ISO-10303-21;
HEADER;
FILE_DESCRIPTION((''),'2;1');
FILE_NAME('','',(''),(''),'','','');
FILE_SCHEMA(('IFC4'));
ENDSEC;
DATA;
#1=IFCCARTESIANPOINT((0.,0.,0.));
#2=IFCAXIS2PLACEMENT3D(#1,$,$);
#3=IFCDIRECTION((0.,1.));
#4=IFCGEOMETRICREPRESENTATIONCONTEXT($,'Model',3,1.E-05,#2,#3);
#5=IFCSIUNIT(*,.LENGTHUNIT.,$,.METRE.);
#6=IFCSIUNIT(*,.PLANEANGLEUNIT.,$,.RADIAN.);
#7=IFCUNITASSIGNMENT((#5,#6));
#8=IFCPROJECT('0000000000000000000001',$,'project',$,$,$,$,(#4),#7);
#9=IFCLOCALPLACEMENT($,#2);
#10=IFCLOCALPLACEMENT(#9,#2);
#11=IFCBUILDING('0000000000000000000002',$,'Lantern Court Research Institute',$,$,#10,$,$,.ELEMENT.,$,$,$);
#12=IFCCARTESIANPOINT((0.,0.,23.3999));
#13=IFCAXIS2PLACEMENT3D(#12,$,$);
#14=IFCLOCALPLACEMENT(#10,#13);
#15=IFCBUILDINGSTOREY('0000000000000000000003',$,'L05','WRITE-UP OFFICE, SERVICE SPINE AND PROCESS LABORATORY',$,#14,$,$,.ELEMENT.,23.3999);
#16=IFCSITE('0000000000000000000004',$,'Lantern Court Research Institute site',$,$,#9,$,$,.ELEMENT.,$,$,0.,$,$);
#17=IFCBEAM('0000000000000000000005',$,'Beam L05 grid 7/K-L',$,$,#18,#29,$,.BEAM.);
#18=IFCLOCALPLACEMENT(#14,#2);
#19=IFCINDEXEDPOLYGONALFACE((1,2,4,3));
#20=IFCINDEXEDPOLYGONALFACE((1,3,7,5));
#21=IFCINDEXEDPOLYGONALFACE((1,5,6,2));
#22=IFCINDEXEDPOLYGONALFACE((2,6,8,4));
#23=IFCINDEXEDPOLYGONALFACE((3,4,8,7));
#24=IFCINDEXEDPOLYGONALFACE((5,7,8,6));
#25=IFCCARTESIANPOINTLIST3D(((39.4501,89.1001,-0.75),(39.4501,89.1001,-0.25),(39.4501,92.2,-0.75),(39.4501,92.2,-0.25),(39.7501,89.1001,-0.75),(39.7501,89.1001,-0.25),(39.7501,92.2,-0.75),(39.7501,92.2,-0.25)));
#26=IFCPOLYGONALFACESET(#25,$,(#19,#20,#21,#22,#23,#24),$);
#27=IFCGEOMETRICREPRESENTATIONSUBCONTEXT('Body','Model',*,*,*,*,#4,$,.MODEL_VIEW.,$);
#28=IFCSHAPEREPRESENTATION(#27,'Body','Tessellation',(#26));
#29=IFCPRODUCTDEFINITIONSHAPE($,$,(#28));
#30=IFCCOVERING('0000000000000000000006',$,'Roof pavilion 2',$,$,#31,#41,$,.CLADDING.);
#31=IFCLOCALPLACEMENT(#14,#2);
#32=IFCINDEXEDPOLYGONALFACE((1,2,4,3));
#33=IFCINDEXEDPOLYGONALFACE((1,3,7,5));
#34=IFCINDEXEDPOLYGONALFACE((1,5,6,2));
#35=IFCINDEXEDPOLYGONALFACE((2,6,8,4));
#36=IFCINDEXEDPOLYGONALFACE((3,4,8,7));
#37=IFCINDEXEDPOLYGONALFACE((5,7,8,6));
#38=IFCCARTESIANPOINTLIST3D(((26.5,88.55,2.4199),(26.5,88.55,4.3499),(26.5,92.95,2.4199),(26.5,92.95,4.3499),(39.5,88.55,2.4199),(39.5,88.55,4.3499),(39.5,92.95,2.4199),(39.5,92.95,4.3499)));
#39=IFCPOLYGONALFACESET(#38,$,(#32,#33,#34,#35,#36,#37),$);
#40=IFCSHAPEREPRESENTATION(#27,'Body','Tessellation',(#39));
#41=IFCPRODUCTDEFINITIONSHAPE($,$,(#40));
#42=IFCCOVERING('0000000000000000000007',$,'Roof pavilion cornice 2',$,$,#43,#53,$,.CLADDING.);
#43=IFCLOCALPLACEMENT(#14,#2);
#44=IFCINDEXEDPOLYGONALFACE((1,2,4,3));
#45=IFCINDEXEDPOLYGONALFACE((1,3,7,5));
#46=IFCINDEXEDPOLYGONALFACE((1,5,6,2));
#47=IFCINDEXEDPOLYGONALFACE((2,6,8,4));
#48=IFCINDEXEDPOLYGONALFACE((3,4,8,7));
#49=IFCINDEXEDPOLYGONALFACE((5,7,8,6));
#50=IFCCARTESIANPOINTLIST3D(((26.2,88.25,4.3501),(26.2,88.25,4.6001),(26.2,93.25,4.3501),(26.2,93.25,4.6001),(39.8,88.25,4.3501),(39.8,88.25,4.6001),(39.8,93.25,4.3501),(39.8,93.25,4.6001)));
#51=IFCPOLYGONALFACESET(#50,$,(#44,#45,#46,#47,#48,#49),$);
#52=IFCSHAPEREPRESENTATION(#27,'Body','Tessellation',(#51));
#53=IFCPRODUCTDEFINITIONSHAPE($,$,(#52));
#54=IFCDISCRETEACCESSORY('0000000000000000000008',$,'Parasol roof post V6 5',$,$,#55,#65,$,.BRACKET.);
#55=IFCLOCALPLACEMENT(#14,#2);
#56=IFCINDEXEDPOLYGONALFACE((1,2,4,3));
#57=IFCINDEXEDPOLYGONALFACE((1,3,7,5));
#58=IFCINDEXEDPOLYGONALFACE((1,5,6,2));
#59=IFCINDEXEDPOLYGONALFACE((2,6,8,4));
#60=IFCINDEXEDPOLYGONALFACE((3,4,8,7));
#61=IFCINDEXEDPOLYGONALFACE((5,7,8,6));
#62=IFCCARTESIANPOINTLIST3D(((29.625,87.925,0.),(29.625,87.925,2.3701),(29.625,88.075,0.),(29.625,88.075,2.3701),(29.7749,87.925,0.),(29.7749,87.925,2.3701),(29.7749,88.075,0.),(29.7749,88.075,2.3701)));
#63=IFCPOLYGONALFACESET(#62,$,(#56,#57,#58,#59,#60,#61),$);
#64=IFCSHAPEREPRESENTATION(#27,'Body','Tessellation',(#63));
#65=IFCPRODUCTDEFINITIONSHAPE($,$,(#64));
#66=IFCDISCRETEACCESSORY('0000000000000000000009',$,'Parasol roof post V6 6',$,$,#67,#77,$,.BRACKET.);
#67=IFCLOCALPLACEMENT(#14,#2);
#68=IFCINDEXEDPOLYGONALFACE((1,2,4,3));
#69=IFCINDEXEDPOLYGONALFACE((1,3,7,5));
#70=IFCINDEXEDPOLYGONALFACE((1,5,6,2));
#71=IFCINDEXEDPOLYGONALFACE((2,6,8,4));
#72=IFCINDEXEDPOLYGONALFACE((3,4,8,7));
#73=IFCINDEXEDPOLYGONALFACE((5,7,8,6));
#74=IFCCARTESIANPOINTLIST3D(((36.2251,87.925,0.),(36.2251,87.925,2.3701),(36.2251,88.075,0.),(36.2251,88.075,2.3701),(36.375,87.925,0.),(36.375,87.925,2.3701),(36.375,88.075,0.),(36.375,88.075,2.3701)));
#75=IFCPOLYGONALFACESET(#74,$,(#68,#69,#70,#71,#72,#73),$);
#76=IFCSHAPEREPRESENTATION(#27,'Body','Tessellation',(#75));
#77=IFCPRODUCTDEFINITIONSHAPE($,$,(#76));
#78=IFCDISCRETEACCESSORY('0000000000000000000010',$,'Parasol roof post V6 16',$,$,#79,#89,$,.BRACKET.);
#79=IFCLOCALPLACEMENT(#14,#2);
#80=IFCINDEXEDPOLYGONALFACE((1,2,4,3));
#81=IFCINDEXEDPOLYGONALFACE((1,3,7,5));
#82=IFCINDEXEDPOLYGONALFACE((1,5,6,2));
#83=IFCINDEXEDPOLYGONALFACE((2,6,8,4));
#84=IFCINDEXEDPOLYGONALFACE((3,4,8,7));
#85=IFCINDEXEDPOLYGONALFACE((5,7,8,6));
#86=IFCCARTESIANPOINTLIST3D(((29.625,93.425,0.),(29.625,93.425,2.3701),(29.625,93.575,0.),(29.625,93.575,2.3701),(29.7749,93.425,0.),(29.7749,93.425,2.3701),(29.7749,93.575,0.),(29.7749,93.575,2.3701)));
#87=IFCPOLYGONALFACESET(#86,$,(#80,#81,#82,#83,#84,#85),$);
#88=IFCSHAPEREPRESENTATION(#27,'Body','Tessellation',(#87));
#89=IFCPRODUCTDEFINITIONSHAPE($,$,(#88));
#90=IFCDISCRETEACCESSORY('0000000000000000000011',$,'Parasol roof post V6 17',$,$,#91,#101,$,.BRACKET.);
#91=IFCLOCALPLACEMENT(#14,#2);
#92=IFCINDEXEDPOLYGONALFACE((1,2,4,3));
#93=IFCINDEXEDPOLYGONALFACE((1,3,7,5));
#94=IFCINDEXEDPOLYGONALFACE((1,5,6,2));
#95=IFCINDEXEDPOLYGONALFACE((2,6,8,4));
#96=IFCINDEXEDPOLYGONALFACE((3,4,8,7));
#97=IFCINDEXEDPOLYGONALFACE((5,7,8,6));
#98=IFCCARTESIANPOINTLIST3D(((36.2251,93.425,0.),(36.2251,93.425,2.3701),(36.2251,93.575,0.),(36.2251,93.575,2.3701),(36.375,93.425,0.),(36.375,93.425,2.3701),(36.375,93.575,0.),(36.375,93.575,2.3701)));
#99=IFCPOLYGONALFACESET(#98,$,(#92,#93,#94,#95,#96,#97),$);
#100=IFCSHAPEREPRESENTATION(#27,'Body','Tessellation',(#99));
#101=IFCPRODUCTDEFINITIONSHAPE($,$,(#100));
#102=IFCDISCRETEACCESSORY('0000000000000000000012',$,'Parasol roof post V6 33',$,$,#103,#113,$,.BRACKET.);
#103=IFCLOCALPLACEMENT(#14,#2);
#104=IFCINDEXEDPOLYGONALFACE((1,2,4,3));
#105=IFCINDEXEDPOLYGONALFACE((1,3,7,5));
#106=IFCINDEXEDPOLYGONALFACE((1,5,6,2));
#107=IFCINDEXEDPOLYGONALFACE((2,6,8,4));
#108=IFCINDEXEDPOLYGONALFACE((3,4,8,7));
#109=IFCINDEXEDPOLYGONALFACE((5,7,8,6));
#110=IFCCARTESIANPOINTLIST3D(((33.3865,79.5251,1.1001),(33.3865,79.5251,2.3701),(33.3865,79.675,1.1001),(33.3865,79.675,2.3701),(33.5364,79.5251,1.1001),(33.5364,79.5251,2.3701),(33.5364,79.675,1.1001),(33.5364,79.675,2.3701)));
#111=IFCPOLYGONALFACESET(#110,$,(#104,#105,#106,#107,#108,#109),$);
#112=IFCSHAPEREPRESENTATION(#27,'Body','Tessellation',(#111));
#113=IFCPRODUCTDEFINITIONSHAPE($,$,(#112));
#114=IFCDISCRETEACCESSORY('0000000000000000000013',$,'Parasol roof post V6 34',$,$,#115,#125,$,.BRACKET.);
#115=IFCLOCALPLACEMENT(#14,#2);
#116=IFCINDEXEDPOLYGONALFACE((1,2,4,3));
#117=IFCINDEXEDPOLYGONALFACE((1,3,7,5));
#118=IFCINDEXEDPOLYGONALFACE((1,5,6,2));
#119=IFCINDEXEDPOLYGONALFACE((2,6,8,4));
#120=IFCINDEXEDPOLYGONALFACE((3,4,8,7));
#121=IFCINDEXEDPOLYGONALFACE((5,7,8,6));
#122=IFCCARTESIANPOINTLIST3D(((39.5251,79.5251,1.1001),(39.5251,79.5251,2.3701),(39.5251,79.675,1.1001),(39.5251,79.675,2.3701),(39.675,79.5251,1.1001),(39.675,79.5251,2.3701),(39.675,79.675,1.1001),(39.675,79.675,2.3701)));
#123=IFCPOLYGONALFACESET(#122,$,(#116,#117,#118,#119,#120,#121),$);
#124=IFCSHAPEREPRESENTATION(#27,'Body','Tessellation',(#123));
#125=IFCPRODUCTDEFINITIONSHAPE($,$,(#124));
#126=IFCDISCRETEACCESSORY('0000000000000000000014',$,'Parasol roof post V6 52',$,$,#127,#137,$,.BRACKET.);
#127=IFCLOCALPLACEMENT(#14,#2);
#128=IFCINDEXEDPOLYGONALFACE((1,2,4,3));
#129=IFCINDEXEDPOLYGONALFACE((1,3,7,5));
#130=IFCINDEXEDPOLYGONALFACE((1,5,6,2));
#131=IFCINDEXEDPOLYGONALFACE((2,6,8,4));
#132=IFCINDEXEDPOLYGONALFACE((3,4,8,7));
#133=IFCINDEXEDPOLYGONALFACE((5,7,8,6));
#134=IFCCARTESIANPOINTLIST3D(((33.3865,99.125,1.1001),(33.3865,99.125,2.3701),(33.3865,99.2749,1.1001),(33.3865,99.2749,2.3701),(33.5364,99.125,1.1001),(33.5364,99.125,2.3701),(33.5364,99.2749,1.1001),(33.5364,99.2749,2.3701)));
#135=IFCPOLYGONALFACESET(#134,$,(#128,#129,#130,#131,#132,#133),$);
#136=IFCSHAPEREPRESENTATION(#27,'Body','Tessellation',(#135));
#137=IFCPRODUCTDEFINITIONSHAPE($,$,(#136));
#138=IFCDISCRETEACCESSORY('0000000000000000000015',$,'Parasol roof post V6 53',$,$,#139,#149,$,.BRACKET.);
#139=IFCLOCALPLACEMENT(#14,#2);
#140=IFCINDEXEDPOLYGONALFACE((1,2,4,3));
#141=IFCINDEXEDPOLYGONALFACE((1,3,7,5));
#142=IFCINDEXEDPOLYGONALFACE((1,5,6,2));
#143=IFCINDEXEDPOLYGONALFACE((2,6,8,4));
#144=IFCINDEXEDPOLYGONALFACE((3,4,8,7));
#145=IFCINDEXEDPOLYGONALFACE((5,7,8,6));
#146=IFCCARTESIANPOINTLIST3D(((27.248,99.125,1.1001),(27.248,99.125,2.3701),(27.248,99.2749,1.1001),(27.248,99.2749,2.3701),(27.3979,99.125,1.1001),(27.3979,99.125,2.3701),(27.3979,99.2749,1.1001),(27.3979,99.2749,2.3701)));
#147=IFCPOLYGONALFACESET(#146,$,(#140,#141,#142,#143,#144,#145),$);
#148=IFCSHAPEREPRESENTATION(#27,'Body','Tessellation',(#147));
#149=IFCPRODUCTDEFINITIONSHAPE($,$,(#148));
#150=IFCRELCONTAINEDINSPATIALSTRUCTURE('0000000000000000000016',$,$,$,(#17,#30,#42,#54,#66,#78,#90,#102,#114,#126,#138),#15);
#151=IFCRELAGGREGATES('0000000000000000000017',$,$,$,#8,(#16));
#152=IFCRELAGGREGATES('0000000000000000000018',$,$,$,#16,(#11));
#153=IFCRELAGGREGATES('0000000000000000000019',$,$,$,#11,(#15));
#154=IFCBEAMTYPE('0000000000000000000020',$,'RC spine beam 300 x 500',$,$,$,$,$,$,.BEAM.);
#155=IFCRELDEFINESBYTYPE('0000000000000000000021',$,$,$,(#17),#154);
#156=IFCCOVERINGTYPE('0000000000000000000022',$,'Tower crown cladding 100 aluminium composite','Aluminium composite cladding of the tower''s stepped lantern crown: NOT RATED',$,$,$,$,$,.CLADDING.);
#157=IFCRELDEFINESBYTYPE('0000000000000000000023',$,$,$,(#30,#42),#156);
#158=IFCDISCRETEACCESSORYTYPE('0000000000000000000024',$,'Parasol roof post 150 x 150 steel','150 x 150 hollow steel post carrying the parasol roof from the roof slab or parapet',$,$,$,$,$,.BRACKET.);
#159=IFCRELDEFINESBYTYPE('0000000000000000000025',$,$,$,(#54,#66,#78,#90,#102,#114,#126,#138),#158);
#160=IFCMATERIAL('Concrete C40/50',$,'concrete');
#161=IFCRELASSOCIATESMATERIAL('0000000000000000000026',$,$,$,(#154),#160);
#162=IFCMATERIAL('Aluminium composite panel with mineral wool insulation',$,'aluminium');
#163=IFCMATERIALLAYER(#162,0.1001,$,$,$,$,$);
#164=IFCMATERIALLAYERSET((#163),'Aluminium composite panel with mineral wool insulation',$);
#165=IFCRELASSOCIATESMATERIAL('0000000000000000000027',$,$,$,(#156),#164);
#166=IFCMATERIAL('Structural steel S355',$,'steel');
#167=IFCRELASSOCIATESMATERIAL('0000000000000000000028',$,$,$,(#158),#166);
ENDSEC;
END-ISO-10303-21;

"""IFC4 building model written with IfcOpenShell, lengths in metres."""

from ifc_helpers import new_model, si_unit, direction, frame, origin, origin_2d, place, context, subcontext, project, spatial, rectangle, extrude, material, layer, layer_set, material_profile, profile_set, type_object, element, save


model = new_model("IFC4")

# Units and contexts
model_context = context("Model", 3, precision=1e-05, world=origin(), true_north=direction((0.0, 1.0)))
body_context = subcontext(model_context, "Body", "Model", "MODEL_VIEW")
ifc_project = project(units=[si_unit("LENGTHUNIT", "METRE"), si_unit("PLANEANGLEUNIT", "RADIAN")], contexts=[model_context])

# Site, building, storey
site_placement = place(None, origin())
site = spatial("IfcSite", under=ifc_project, at=site_placement, Name="Lantern Court Research Institute site", CompositionType="ELEMENT", RefElevation=0.0)
building_placement = place(site_placement, origin())
building = spatial("IfcBuilding", under=site, at=building_placement, Name="Lantern Court Research Institute", CompositionType="ELEMENT")
storey_placement = place(building_placement, frame((0.0, 0.0, 23.3999)))
storey = spatial("IfcBuildingStorey", under=building, at=storey_placement, Name="L05", Description="WRITE-UP OFFICE, SERVICE SPINE AND PROCESS LABORATORY", CompositionType="ELEMENT", Elevation=23.3999)

# Beam
ifc_material_1 = material(Name="Concrete C40/50", Category="concrete")
ifc_material_profile_1 = material_profile(ifc_material_1, rectangle(XDim=0.3, YDim=0.5, at=origin_2d()), Name="RC beam 300 x 500")
ifc_profile_set_1 = profile_set([ifc_material_profile_1], Name="Concrete C40/50")
beam_type_1 = type_object("IfcBeamType", Name="RC spine beam 300 x 500", PredefinedType="BEAM", material=ifc_profile_set_1)
beam_1_placement = place(storey_placement, frame((39.6001, 89.1001, -0.5), z_axis=(0.0, 1.0, 0.0), x_axis=(-1.0, 0.0, 0.0)))
element("IfcBeam", 1, at=beam_1_placement, inside=storey, type_object=beam_type_1, Name="Beam L05 grid 7/K-L", PredefinedType="BEAM", context=body_context, shape_type="SweptSolid", body=[
    extrude(rectangle(XDim=0.3, YDim=0.5, at=origin_2d()), origin(), (0.0, 0.0, 1.0), 3.0999),
])

# Coverings
ifc_material_2 = material(Name="Aluminium composite panel with mineral wool insulation", Category="aluminium")
ifc_layer = layer(ifc_material_2, 0.1001)
ifc_layer_set = layer_set([ifc_layer], Name="Aluminium composite panel with mineral wool insulation")
covering_type = type_object("IfcCoveringType", Name="Tower crown cladding 100 aluminium composite", Description="Aluminium composite cladding of the tower's stepped lantern crown: NOT RATED", PredefinedType="CLADDING", material=ifc_layer_set)
covering_1_placement = place(storey_placement, frame((33.0, 90.75, 2.4199), z_axis=(0.0, 0.0, 1.0), x_axis=(1.0, 0.0, 0.0)))
element("IfcCovering", 2, at=covering_1_placement, inside=storey, type_object=covering_type, Name="Roof pavilion 2", PredefinedType="CLADDING", context=body_context, shape_type="SweptSolid", body=[
    extrude(rectangle(XDim=13.0, YDim=4.3999, at=origin_2d()), origin(), (0.0, 0.0, 1.0), 1.9299),
])
covering_2_placement = place(storey_placement, frame((33.0, 90.75, 4.3501), z_axis=(0.0, 0.0, 1.0), x_axis=(1.0, 0.0, 0.0)))
element("IfcCovering", 3, at=covering_2_placement, inside=storey, type_object=covering_type, Name="Roof pavilion cornice 2", PredefinedType="CLADDING", context=body_context, shape_type="SweptSolid", body=[
    extrude(rectangle(XDim=13.6001, YDim=5.0, at=origin_2d()), origin(), (0.0, 0.0, 1.0), 0.25),
])

# Discrete accessories
ifc_material_3 = material(Name="Structural steel S355", Category="steel")
discrete_accessory_type = type_object("IfcDiscreteAccessoryType", Name="Parasol roof post 150 x 150 steel", Description="150 x 150 hollow steel post carrying the parasol roof from the roof slab or parapet", PredefinedType="BRACKET", material=ifc_material_3)
for number, where, z_axis, x_axis, name in (
    (4, (29.7, 88.0, 0.0), (0.0, 0.0, 1.0), (1.0, 0.0, 0.0), "Parasol roof post V6 5"),
    (5, (36.3, 88.0, 0.0), (0.0, 0.0, 1.0), (1.0, 0.0, 0.0), "Parasol roof post V6 6"),
    (6, (29.7, 93.5, 0.0), (0.0, 0.0, 1.0), (1.0, 0.0, 0.0), "Parasol roof post V6 16"),
    (7, (36.3, 93.5, 0.0), (0.0, 0.0, 1.0), (1.0, 0.0, 0.0), "Parasol roof post V6 17"),
):
    element("IfcDiscreteAccessory", number, at=place(storey_placement, frame(where, z_axis=z_axis, x_axis=x_axis)), inside=storey, type_object=discrete_accessory_type, Name=name, PredefinedType="BRACKET", context=body_context, shape_type="SweptSolid", body=[
        extrude(rectangle(XDim=0.1499, YDim=0.1499, at=origin_2d()), origin(), (0.0, 0.0, 1.0), 2.3701),
    ])
for number, where, z_axis, x_axis, name in (
    (8, (33.4614, 79.6001, 1.1001), (0.0, 0.0, 1.0), (1.0, 0.0, 0.0), "Parasol roof post V6 33"),
    (9, (39.6001, 79.6001, 1.1001), (0.0, 0.0, 1.0), (1.0, 0.0, 0.0), "Parasol roof post V6 34"),
    (10, (33.4614, 99.2, 1.1001), (0.0, 0.0, 1.0), (1.0, 0.0, 0.0), "Parasol roof post V6 52"),
    (11, (27.323, 99.2, 1.1001), (0.0, 0.0, 1.0), (1.0, 0.0, 0.0), "Parasol roof post V6 53"),
):
    element("IfcDiscreteAccessory", number, at=place(storey_placement, frame(where, z_axis=z_axis, x_axis=x_axis)), inside=storey, type_object=discrete_accessory_type, Name=name, PredefinedType="BRACKET", context=body_context, shape_type="SweptSolid", body=[
        extrude(rectangle(XDim=0.1499, YDim=0.1499, at=origin_2d()), origin(), (0.0, 0.0, 1.0), 1.27),
    ])

save(model, "model.ifc")
